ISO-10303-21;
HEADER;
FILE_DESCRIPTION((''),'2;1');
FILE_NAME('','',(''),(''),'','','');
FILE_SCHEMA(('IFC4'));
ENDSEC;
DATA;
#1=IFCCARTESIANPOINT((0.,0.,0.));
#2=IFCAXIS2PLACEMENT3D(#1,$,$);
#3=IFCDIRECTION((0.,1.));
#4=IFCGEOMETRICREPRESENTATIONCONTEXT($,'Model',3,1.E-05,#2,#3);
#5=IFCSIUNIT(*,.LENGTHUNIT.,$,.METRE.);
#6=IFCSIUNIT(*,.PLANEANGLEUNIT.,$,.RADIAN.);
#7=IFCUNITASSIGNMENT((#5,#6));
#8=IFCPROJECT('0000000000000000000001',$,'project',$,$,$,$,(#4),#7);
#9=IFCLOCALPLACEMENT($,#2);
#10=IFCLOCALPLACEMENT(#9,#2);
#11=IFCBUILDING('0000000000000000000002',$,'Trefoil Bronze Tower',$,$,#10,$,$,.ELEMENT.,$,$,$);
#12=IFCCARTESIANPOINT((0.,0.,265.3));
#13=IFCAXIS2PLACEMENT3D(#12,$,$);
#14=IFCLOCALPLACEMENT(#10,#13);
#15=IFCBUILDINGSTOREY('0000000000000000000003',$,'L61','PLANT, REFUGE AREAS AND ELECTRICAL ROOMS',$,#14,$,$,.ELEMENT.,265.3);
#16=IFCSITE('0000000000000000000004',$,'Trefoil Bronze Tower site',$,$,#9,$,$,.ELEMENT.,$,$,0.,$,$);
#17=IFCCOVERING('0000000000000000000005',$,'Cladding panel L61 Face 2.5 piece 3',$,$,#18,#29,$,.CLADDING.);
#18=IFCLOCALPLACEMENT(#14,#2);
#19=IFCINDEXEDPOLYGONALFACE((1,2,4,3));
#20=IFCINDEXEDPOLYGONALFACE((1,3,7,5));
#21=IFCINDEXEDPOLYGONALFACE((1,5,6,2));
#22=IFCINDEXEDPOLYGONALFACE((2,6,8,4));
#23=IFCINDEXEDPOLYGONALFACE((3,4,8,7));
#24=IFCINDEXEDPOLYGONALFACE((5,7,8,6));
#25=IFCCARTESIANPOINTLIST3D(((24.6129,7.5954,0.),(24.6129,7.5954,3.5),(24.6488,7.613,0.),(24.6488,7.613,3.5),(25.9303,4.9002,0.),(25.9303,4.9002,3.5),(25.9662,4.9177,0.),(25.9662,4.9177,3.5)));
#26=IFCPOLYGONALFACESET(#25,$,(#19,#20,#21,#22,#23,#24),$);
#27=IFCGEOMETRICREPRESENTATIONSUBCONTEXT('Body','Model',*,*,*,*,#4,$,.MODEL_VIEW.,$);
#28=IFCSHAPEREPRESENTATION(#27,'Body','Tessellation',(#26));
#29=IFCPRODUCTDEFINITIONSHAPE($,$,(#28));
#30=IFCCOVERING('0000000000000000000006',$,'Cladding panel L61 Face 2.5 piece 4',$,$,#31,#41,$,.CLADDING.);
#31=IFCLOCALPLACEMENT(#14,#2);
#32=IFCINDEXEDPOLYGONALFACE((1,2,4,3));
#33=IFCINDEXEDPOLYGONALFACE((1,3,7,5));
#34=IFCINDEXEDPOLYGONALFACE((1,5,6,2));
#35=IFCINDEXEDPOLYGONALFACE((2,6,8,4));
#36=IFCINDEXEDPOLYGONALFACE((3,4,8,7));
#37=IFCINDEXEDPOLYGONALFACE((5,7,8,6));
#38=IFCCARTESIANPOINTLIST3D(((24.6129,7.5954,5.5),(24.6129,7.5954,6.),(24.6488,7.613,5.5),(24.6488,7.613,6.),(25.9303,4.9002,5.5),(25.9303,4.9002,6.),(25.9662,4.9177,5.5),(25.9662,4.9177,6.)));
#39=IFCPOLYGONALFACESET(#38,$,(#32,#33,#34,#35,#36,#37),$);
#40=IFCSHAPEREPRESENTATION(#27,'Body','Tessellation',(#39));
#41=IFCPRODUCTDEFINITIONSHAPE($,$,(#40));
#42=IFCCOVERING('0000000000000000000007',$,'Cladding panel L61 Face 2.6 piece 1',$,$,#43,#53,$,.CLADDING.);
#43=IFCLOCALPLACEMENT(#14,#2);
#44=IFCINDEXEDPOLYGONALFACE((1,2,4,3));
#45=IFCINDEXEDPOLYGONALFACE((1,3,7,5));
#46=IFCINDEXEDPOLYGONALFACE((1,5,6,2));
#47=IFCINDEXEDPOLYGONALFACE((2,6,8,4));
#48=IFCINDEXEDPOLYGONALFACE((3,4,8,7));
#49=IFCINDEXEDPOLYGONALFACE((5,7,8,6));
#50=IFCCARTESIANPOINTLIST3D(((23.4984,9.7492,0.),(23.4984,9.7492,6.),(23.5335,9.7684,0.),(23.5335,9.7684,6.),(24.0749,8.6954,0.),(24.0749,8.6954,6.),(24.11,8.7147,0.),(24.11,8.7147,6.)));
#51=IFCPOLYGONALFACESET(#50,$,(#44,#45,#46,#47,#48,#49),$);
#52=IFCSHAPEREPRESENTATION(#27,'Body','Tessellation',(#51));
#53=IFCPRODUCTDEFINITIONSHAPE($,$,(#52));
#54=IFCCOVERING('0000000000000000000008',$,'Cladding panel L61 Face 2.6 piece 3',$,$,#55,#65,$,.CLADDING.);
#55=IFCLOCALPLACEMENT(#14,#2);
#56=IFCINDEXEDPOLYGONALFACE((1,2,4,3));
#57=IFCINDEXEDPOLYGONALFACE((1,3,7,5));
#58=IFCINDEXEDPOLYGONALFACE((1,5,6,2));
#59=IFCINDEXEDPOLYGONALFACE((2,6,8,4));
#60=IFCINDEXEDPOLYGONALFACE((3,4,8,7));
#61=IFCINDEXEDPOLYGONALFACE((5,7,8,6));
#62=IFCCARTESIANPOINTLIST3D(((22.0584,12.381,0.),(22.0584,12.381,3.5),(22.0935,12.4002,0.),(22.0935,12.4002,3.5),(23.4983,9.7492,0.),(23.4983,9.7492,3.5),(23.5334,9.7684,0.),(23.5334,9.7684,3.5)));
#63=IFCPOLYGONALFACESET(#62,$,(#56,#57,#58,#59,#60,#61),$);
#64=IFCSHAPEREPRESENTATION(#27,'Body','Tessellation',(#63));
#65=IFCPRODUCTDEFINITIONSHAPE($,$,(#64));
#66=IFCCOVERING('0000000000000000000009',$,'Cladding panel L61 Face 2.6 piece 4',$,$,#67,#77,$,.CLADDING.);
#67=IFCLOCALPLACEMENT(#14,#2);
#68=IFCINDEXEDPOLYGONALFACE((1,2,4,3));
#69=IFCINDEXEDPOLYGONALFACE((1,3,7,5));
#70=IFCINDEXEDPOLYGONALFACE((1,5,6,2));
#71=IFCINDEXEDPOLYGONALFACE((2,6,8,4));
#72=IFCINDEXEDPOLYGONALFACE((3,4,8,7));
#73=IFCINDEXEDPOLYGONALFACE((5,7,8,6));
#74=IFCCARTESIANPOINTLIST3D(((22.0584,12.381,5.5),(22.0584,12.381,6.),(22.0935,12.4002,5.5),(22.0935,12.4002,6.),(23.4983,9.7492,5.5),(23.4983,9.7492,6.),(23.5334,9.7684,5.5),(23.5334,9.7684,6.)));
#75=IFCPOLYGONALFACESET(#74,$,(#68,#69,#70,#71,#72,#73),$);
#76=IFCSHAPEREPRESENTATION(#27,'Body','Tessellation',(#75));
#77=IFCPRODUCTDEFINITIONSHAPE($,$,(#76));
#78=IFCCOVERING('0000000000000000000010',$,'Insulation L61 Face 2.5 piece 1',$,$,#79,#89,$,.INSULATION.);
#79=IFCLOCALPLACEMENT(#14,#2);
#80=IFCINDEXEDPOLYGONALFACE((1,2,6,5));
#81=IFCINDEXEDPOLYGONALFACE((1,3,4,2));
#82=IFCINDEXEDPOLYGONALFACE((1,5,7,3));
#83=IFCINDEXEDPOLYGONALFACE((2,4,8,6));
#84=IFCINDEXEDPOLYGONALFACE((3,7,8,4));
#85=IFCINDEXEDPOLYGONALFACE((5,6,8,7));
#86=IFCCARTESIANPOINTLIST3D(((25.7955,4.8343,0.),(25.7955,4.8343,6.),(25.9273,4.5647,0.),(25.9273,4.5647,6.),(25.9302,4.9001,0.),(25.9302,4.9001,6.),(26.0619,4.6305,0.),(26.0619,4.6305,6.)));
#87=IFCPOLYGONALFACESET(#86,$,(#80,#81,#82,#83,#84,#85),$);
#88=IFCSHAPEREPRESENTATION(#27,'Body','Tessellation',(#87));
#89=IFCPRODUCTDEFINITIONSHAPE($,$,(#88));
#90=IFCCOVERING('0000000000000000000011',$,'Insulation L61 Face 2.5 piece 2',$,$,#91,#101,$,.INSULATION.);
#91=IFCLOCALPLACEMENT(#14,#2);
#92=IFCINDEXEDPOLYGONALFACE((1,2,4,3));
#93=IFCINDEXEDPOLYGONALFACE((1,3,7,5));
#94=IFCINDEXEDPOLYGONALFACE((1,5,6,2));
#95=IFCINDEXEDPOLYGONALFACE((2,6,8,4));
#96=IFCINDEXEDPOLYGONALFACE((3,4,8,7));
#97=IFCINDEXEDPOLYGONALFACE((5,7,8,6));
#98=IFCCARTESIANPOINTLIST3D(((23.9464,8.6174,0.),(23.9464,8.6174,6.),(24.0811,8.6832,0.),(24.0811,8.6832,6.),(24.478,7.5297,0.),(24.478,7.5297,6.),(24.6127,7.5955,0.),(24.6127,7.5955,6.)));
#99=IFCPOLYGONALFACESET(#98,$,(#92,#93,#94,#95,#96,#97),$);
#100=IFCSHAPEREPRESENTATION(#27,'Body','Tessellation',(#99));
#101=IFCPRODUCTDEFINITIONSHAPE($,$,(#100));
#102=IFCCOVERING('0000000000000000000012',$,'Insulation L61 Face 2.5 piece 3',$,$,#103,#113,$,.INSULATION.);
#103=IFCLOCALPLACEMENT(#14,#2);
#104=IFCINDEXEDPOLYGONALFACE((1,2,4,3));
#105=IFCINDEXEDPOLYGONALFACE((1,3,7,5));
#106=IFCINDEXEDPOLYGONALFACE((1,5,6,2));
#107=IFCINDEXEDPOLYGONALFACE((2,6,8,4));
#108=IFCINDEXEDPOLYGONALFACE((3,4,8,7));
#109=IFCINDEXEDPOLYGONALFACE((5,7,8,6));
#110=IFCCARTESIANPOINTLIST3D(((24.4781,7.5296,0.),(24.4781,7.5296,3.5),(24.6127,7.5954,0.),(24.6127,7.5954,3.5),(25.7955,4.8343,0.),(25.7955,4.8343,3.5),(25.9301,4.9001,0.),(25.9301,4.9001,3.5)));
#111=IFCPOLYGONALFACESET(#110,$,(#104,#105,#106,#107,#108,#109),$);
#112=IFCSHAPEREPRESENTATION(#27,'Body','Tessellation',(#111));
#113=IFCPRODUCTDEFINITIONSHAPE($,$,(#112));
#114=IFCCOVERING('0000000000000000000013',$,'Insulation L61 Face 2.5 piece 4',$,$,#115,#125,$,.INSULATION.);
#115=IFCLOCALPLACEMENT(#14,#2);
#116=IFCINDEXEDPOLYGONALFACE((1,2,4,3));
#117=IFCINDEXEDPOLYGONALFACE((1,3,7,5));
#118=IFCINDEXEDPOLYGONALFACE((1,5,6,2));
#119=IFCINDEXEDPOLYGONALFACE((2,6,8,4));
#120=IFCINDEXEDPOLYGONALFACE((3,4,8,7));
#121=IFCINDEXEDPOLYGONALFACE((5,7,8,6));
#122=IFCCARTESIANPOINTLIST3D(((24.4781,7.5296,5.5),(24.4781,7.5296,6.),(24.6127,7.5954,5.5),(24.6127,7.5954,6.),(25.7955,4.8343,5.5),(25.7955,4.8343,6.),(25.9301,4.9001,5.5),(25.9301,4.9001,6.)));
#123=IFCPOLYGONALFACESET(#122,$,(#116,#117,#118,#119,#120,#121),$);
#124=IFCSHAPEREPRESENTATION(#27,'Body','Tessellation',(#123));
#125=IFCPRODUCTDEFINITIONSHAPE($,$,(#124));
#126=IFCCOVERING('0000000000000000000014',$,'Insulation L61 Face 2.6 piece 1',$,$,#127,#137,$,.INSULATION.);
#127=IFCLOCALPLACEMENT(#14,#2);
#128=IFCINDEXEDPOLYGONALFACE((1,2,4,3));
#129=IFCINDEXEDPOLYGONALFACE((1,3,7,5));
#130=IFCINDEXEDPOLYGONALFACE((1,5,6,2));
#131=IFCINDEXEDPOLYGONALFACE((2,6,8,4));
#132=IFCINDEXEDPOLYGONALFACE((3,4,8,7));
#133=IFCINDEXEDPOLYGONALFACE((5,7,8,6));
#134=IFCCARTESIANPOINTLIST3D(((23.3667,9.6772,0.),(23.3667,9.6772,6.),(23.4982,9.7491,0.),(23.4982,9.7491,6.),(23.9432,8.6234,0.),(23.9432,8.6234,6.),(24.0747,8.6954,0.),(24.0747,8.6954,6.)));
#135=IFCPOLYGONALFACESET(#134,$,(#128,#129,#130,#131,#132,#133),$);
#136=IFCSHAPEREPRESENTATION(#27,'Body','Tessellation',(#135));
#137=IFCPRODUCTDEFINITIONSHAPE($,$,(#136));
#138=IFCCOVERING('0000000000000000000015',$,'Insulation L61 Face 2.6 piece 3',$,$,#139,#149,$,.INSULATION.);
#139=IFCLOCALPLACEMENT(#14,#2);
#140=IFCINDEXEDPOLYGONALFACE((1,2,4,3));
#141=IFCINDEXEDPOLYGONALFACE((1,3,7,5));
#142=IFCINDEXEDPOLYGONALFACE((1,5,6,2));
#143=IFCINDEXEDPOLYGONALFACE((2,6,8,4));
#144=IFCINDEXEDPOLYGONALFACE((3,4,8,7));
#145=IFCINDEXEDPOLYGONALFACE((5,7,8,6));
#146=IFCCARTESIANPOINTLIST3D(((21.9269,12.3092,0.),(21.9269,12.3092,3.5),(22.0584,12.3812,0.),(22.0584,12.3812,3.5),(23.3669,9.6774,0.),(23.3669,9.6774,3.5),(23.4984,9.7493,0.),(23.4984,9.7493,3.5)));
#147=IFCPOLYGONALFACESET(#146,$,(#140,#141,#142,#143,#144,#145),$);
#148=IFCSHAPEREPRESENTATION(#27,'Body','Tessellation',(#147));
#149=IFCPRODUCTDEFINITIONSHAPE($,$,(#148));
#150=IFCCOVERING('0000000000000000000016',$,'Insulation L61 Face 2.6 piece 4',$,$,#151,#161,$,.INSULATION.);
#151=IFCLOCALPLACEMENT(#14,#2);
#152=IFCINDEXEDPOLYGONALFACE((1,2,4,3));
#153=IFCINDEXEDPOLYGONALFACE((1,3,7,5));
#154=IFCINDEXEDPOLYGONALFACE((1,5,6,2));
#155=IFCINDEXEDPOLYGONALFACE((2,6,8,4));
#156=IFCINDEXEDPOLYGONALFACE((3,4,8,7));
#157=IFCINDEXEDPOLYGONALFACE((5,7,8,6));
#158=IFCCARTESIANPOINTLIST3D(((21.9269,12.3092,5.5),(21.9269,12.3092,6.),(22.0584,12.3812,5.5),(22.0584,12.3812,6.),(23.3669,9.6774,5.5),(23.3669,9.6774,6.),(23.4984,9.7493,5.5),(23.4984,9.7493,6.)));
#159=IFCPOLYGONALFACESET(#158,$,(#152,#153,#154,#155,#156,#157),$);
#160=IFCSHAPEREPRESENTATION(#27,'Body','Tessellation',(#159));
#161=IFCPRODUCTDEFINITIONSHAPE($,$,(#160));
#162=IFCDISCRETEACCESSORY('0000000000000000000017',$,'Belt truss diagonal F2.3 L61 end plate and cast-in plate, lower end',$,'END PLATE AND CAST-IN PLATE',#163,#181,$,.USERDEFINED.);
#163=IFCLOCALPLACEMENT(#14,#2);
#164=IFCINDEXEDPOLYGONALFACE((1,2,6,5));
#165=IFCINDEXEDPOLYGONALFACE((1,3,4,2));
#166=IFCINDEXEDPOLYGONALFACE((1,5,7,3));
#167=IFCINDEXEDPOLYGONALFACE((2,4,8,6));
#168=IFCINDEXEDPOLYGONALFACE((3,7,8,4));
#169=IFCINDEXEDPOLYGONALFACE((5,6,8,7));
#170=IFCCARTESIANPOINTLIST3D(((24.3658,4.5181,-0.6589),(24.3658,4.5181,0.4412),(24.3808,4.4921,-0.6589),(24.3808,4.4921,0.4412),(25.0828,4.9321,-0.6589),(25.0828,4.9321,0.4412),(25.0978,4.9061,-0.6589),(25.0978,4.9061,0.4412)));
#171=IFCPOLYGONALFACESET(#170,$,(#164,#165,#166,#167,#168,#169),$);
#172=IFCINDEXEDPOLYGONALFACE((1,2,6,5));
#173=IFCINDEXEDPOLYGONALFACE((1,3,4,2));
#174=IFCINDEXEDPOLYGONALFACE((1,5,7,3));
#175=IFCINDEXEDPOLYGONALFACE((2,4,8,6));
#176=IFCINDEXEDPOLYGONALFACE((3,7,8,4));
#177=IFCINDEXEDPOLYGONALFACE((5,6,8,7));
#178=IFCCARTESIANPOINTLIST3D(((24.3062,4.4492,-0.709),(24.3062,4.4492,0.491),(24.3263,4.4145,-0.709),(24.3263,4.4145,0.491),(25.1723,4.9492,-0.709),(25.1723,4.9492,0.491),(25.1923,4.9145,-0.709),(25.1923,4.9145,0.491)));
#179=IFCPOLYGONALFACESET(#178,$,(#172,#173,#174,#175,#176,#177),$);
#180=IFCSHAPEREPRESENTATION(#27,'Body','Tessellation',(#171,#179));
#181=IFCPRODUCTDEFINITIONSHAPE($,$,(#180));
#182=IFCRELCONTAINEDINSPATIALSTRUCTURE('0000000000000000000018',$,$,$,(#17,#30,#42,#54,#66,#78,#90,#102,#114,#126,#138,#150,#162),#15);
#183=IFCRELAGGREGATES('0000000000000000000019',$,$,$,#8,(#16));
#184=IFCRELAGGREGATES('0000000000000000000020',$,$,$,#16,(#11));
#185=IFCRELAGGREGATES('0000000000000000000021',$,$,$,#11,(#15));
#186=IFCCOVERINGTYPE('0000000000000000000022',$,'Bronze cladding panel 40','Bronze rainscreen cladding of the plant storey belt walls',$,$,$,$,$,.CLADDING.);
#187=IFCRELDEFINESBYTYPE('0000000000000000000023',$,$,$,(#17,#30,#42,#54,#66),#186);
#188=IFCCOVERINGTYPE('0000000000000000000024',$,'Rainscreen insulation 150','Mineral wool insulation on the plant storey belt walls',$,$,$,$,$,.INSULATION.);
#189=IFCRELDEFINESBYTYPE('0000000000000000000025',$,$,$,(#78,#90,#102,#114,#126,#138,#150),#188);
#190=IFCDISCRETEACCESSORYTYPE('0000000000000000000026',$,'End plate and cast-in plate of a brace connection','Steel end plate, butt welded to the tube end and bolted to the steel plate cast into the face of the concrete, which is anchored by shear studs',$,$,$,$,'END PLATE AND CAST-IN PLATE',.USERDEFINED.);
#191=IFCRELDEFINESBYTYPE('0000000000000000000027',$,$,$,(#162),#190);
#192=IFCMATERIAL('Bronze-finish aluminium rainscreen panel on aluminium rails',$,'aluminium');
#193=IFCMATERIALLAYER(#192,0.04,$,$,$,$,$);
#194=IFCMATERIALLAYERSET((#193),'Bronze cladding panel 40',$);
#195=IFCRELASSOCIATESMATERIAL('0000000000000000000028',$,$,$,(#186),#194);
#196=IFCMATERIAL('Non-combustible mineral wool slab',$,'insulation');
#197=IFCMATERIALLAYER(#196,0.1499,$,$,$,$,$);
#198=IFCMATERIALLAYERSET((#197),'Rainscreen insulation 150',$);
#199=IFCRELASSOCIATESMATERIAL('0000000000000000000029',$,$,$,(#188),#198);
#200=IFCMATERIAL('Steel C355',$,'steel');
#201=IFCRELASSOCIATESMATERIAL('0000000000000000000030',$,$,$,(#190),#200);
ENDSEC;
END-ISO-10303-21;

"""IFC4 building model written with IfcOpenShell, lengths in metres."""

from ifc_helpers import new_model, si_unit, direction, frame, origin, origin_2d, place, context, subcontext, project, spatial, rectangle, extrude, material, layer, layer_set, type_object, element, save


model = new_model("IFC4")

# Units and contexts
model_context = context("Model", 3, precision=1e-05, world=origin(), true_north=direction((0.0, 1.0)))
body_context = subcontext(model_context, "Body", "Model", "MODEL_VIEW")
ifc_project = project(units=[si_unit("LENGTHUNIT", "METRE"), si_unit("PLANEANGLEUNIT", "RADIAN")], contexts=[model_context])

# Site, building, storey
site_placement = place(None, origin())
site = spatial("IfcSite", under=ifc_project, at=site_placement, Name="Trefoil Bronze Tower site", CompositionType="ELEMENT", RefElevation=0.0)
building_placement = place(site_placement, origin())
building = spatial("IfcBuilding", under=site, at=building_placement, Name="Trefoil Bronze Tower", CompositionType="ELEMENT")
storey_placement = place(building_placement, frame((0.0, 0.0, 265.3)))
storey = spatial("IfcBuildingStorey", under=building, at=storey_placement, Name="L61", Description="PLANT, REFUGE AREAS AND ELECTRICAL ROOMS", CompositionType="ELEMENT", Elevation=265.3)

# Coverings
ifc_material_1 = material(Name="Bronze-finish aluminium rainscreen panel on aluminium rails", Category="aluminium")
ifc_layer_1 = layer(ifc_material_1, 0.04)
ifc_layer_set_1 = layer_set([ifc_layer_1], Name="Bronze cladding panel 40")
covering_type_1 = type_object("IfcCoveringType", Name="Bronze cladding panel 40", Description="Bronze rainscreen cladding of the plant storey belt walls", PredefinedType="CLADDING", material=ifc_layer_set_1)
covering_1_placement = place(storey_placement, frame((25.2896, 6.2566, 0.0), z_axis=(0.0, 0.0, 1.0), x_axis=(-0.439129, 0.898424, 0.0)))
element("IfcCovering", 1, at=covering_1_placement, inside=storey, type_object=covering_type_1, Name="Cladding panel L61 Face 2.5 piece 3", PredefinedType="CLADDING", context=body_context, shape_type="SweptSolid", body=[
    extrude(rectangle(XDim=3.0, YDim=0.04, at=origin_2d()), origin(), (0.0, 0.0, 1.0), 3.5),
])
covering_2_placement = place(storey_placement, frame((25.2896, 6.2566, 5.5), z_axis=(0.0, 0.0, 1.0), x_axis=(-0.439129, 0.898424, 0.0)))
element("IfcCovering", 2, at=covering_2_placement, inside=storey, type_object=covering_type_1, Name="Cladding panel L61 Face 2.5 piece 4", PredefinedType="CLADDING", context=body_context, shape_type="SweptSolid", body=[
    extrude(rectangle(XDim=3.0, YDim=0.04, at=origin_2d()), origin(), (0.0, 0.0, 1.0), 0.5),
])
covering_3_placement = place(storey_placement, frame((23.8042, 9.2319, 0.0), z_axis=(0.0, 0.0, 1.0), x_axis=(-0.479974, 0.877283, 0.0)))
element("IfcCovering", 3, at=covering_3_placement, inside=storey, type_object=covering_type_1, Name="Cladding panel L61 Face 2.6 piece 1", PredefinedType="CLADDING", context=body_context, shape_type="SweptSolid", body=[
    extrude(rectangle(XDim=1.2012, YDim=0.04, at=origin_2d()), origin(), (0.0, 0.0, 1.0), 6.0),
])
covering_4_placement = place(storey_placement, frame((22.7959, 11.0747, 0.0), z_axis=(0.0, 0.0, 1.0), x_axis=(-0.479974, 0.877283, 0.0)))
element("IfcCovering", 4, at=covering_4_placement, inside=storey, type_object=covering_type_1, Name="Cladding panel L61 Face 2.6 piece 3", PredefinedType="CLADDING", context=body_context, shape_type="SweptSolid", body=[
    extrude(rectangle(XDim=3.0, YDim=0.04, at=origin_2d()), origin(), (0.0, 0.0, 1.0), 3.5),
])
covering_5_placement = place(storey_placement, frame((22.7959, 11.0747, 5.5), z_axis=(0.0, 0.0, 1.0), x_axis=(-0.479974, 0.877283, 0.0)))
element("IfcCovering", 5, at=covering_5_placement, inside=storey, type_object=covering_type_1, Name="Cladding panel L61 Face 2.6 piece 4", PredefinedType="CLADDING", context=body_context, shape_type="SweptSolid", body=[
    extrude(rectangle(XDim=3.0, YDim=0.04, at=origin_2d()), origin(), (0.0, 0.0, 1.0), 0.5),
])
ifc_material_2 = material(Name="Non-combustible mineral wool slab", Category="insulation")
ifc_layer_2 = layer(ifc_material_2, 0.1499)
ifc_layer_set_2 = layer_set([ifc_layer_2], Name="Rainscreen insulation 150")
covering_type_2 = type_object("IfcCoveringType", Name="Rainscreen insulation 150", Description="Mineral wool insulation on the plant storey belt walls", PredefinedType="INSULATION", material=ifc_layer_set_2)
covering_6_placement = place(storey_placement, frame((25.9287, 4.7324, 0.0), z_axis=(0.0, 0.0, 1.0), x_axis=(-0.439129, 0.898424, 0.0)))
element("IfcCovering", 6, at=covering_6_placement, inside=storey, type_object=covering_type_2, Name="Insulation L61 Face 2.5 piece 1", PredefinedType="INSULATION", context=body_context, shape_type="SweptSolid", body=[
    extrude(rectangle(XDim=0.3, YDim=0.1499, at=origin_2d()), origin(), (0.0, 0.0, 1.0), 6.0),
])
covering_7_placement = place(storey_placement, frame((24.2795, 8.1064, 0.0), z_axis=(0.0, 0.0, 1.0), x_axis=(-0.439129, 0.898424, 0.0)))
element("IfcCovering", 7, at=covering_7_placement, inside=storey, type_object=covering_type_2, Name="Insulation L61 Face 2.5 piece 2", PredefinedType="INSULATION", context=body_context, shape_type="SweptSolid", body=[
    extrude(rectangle(XDim=1.2107, YDim=0.1499, at=origin_2d()), origin(), (0.0, 0.0, 1.0), 6.0),
])
covering_8_placement = place(storey_placement, frame((25.2041, 6.2148, 0.0), z_axis=(0.0, 0.0, 1.0), x_axis=(-0.439129, 0.898424, 0.0)))
element("IfcCovering", 8, at=covering_8_placement, inside=storey, type_object=covering_type_2, Name="Insulation L61 Face 2.5 piece 3", PredefinedType="INSULATION", context=body_context, shape_type="SweptSolid", body=[
    extrude(rectangle(XDim=3.0, YDim=0.1499, at=origin_2d()), origin(), (0.0, 0.0, 1.0), 3.5),
])
covering_9_placement = place(storey_placement, frame((25.2041, 6.2148, 5.5), z_axis=(0.0, 0.0, 1.0), x_axis=(-0.439129, 0.898424, 0.0)))
element("IfcCovering", 9, at=covering_9_placement, inside=storey, type_object=covering_type_2, Name="Insulation L61 Face 2.5 piece 4", PredefinedType="INSULATION", context=body_context, shape_type="SweptSolid", body=[
    extrude(rectangle(XDim=3.0, YDim=0.1499, at=origin_2d()), origin(), (0.0, 0.0, 1.0), 0.5),
])
covering_10_placement = place(storey_placement, frame((23.7207, 9.1863, 0.0), z_axis=(0.0, 0.0, 1.0), x_axis=(-0.479974, 0.877283, 0.0)))
element("IfcCovering", 10, at=covering_10_placement, inside=storey, type_object=covering_type_2, Name="Insulation L61 Face 2.6 piece 1", PredefinedType="INSULATION", context=body_context, shape_type="SweptSolid", body=[
    extrude(rectangle(XDim=1.2012, YDim=0.1499, at=origin_2d()), origin(), (0.0, 0.0, 1.0), 6.0),
])
covering_11_placement = place(storey_placement, frame((22.7126, 11.0293, 0.0), z_axis=(0.0, 0.0, 1.0), x_axis=(-0.479974, 0.877283, 0.0)))
element("IfcCovering", 11, at=covering_11_placement, inside=storey, type_object=covering_type_2, Name="Insulation L61 Face 2.6 piece 3", PredefinedType="INSULATION", context=body_context, shape_type="SweptSolid", body=[
    extrude(rectangle(XDim=3.0, YDim=0.1499, at=origin_2d()), origin(), (0.0, 0.0, 1.0), 3.5),
])
covering_12_placement = place(storey_placement, frame((22.7126, 11.0293, 5.5), z_axis=(0.0, 0.0, 1.0), x_axis=(-0.479974, 0.877283, 0.0)))
element("IfcCovering", 12, at=covering_12_placement, inside=storey, type_object=covering_type_2, Name="Insulation L61 Face 2.6 piece 4", PredefinedType="INSULATION", context=body_context, shape_type="SweptSolid", body=[
    extrude(rectangle(XDim=3.0, YDim=0.1499, at=origin_2d()), origin(), (0.0, 0.0, 1.0), 0.5),
])

# Discrete accessory
ifc_material_3 = material(Name="Steel C355", Category="steel")
discrete_accessory_type = type_object("IfcDiscreteAccessoryType", Name="End plate and cast-in plate of a brace connection", Description="Steel end plate, butt welded to the tube end and bolted to the steel plate cast into the face of the concrete, which is anchored by shear studs", ElementType="END PLATE AND CAST-IN PLATE", PredefinedType="USERDEFINED", material=ifc_material_3)
discrete_accessory_1_placement = place(storey_placement, frame((24.7393, 4.6992, -0.1089), z_axis=(0.0, 0.0, 1.0), x_axis=(-0.5, 0.866025, 0.0)))
element("IfcDiscreteAccessory", 13, at=discrete_accessory_1_placement, inside=storey, type_object=discrete_accessory_type, Name="Belt truss diagonal F2.3 L61 end plate and cast-in plate, lower end", ObjectType="END PLATE AND CAST-IN PLATE", PredefinedType="USERDEFINED", context=body_context, shape_type="SweptSolid", body=[
    extrude(rectangle(XDim=0.03, YDim=0.8279, at=origin_2d()), frame((0.0149, 0.0, -0.55)), (0.0, 0.0, 1.0), 1.1001),
    extrude(rectangle(XDim=0.04, YDim=1.0, at=origin_2d()), frame((-0.02, 0.0, -0.6001)), (0.0, 0.0, 1.0), 1.2),
])

save(model, "model.ifc")
